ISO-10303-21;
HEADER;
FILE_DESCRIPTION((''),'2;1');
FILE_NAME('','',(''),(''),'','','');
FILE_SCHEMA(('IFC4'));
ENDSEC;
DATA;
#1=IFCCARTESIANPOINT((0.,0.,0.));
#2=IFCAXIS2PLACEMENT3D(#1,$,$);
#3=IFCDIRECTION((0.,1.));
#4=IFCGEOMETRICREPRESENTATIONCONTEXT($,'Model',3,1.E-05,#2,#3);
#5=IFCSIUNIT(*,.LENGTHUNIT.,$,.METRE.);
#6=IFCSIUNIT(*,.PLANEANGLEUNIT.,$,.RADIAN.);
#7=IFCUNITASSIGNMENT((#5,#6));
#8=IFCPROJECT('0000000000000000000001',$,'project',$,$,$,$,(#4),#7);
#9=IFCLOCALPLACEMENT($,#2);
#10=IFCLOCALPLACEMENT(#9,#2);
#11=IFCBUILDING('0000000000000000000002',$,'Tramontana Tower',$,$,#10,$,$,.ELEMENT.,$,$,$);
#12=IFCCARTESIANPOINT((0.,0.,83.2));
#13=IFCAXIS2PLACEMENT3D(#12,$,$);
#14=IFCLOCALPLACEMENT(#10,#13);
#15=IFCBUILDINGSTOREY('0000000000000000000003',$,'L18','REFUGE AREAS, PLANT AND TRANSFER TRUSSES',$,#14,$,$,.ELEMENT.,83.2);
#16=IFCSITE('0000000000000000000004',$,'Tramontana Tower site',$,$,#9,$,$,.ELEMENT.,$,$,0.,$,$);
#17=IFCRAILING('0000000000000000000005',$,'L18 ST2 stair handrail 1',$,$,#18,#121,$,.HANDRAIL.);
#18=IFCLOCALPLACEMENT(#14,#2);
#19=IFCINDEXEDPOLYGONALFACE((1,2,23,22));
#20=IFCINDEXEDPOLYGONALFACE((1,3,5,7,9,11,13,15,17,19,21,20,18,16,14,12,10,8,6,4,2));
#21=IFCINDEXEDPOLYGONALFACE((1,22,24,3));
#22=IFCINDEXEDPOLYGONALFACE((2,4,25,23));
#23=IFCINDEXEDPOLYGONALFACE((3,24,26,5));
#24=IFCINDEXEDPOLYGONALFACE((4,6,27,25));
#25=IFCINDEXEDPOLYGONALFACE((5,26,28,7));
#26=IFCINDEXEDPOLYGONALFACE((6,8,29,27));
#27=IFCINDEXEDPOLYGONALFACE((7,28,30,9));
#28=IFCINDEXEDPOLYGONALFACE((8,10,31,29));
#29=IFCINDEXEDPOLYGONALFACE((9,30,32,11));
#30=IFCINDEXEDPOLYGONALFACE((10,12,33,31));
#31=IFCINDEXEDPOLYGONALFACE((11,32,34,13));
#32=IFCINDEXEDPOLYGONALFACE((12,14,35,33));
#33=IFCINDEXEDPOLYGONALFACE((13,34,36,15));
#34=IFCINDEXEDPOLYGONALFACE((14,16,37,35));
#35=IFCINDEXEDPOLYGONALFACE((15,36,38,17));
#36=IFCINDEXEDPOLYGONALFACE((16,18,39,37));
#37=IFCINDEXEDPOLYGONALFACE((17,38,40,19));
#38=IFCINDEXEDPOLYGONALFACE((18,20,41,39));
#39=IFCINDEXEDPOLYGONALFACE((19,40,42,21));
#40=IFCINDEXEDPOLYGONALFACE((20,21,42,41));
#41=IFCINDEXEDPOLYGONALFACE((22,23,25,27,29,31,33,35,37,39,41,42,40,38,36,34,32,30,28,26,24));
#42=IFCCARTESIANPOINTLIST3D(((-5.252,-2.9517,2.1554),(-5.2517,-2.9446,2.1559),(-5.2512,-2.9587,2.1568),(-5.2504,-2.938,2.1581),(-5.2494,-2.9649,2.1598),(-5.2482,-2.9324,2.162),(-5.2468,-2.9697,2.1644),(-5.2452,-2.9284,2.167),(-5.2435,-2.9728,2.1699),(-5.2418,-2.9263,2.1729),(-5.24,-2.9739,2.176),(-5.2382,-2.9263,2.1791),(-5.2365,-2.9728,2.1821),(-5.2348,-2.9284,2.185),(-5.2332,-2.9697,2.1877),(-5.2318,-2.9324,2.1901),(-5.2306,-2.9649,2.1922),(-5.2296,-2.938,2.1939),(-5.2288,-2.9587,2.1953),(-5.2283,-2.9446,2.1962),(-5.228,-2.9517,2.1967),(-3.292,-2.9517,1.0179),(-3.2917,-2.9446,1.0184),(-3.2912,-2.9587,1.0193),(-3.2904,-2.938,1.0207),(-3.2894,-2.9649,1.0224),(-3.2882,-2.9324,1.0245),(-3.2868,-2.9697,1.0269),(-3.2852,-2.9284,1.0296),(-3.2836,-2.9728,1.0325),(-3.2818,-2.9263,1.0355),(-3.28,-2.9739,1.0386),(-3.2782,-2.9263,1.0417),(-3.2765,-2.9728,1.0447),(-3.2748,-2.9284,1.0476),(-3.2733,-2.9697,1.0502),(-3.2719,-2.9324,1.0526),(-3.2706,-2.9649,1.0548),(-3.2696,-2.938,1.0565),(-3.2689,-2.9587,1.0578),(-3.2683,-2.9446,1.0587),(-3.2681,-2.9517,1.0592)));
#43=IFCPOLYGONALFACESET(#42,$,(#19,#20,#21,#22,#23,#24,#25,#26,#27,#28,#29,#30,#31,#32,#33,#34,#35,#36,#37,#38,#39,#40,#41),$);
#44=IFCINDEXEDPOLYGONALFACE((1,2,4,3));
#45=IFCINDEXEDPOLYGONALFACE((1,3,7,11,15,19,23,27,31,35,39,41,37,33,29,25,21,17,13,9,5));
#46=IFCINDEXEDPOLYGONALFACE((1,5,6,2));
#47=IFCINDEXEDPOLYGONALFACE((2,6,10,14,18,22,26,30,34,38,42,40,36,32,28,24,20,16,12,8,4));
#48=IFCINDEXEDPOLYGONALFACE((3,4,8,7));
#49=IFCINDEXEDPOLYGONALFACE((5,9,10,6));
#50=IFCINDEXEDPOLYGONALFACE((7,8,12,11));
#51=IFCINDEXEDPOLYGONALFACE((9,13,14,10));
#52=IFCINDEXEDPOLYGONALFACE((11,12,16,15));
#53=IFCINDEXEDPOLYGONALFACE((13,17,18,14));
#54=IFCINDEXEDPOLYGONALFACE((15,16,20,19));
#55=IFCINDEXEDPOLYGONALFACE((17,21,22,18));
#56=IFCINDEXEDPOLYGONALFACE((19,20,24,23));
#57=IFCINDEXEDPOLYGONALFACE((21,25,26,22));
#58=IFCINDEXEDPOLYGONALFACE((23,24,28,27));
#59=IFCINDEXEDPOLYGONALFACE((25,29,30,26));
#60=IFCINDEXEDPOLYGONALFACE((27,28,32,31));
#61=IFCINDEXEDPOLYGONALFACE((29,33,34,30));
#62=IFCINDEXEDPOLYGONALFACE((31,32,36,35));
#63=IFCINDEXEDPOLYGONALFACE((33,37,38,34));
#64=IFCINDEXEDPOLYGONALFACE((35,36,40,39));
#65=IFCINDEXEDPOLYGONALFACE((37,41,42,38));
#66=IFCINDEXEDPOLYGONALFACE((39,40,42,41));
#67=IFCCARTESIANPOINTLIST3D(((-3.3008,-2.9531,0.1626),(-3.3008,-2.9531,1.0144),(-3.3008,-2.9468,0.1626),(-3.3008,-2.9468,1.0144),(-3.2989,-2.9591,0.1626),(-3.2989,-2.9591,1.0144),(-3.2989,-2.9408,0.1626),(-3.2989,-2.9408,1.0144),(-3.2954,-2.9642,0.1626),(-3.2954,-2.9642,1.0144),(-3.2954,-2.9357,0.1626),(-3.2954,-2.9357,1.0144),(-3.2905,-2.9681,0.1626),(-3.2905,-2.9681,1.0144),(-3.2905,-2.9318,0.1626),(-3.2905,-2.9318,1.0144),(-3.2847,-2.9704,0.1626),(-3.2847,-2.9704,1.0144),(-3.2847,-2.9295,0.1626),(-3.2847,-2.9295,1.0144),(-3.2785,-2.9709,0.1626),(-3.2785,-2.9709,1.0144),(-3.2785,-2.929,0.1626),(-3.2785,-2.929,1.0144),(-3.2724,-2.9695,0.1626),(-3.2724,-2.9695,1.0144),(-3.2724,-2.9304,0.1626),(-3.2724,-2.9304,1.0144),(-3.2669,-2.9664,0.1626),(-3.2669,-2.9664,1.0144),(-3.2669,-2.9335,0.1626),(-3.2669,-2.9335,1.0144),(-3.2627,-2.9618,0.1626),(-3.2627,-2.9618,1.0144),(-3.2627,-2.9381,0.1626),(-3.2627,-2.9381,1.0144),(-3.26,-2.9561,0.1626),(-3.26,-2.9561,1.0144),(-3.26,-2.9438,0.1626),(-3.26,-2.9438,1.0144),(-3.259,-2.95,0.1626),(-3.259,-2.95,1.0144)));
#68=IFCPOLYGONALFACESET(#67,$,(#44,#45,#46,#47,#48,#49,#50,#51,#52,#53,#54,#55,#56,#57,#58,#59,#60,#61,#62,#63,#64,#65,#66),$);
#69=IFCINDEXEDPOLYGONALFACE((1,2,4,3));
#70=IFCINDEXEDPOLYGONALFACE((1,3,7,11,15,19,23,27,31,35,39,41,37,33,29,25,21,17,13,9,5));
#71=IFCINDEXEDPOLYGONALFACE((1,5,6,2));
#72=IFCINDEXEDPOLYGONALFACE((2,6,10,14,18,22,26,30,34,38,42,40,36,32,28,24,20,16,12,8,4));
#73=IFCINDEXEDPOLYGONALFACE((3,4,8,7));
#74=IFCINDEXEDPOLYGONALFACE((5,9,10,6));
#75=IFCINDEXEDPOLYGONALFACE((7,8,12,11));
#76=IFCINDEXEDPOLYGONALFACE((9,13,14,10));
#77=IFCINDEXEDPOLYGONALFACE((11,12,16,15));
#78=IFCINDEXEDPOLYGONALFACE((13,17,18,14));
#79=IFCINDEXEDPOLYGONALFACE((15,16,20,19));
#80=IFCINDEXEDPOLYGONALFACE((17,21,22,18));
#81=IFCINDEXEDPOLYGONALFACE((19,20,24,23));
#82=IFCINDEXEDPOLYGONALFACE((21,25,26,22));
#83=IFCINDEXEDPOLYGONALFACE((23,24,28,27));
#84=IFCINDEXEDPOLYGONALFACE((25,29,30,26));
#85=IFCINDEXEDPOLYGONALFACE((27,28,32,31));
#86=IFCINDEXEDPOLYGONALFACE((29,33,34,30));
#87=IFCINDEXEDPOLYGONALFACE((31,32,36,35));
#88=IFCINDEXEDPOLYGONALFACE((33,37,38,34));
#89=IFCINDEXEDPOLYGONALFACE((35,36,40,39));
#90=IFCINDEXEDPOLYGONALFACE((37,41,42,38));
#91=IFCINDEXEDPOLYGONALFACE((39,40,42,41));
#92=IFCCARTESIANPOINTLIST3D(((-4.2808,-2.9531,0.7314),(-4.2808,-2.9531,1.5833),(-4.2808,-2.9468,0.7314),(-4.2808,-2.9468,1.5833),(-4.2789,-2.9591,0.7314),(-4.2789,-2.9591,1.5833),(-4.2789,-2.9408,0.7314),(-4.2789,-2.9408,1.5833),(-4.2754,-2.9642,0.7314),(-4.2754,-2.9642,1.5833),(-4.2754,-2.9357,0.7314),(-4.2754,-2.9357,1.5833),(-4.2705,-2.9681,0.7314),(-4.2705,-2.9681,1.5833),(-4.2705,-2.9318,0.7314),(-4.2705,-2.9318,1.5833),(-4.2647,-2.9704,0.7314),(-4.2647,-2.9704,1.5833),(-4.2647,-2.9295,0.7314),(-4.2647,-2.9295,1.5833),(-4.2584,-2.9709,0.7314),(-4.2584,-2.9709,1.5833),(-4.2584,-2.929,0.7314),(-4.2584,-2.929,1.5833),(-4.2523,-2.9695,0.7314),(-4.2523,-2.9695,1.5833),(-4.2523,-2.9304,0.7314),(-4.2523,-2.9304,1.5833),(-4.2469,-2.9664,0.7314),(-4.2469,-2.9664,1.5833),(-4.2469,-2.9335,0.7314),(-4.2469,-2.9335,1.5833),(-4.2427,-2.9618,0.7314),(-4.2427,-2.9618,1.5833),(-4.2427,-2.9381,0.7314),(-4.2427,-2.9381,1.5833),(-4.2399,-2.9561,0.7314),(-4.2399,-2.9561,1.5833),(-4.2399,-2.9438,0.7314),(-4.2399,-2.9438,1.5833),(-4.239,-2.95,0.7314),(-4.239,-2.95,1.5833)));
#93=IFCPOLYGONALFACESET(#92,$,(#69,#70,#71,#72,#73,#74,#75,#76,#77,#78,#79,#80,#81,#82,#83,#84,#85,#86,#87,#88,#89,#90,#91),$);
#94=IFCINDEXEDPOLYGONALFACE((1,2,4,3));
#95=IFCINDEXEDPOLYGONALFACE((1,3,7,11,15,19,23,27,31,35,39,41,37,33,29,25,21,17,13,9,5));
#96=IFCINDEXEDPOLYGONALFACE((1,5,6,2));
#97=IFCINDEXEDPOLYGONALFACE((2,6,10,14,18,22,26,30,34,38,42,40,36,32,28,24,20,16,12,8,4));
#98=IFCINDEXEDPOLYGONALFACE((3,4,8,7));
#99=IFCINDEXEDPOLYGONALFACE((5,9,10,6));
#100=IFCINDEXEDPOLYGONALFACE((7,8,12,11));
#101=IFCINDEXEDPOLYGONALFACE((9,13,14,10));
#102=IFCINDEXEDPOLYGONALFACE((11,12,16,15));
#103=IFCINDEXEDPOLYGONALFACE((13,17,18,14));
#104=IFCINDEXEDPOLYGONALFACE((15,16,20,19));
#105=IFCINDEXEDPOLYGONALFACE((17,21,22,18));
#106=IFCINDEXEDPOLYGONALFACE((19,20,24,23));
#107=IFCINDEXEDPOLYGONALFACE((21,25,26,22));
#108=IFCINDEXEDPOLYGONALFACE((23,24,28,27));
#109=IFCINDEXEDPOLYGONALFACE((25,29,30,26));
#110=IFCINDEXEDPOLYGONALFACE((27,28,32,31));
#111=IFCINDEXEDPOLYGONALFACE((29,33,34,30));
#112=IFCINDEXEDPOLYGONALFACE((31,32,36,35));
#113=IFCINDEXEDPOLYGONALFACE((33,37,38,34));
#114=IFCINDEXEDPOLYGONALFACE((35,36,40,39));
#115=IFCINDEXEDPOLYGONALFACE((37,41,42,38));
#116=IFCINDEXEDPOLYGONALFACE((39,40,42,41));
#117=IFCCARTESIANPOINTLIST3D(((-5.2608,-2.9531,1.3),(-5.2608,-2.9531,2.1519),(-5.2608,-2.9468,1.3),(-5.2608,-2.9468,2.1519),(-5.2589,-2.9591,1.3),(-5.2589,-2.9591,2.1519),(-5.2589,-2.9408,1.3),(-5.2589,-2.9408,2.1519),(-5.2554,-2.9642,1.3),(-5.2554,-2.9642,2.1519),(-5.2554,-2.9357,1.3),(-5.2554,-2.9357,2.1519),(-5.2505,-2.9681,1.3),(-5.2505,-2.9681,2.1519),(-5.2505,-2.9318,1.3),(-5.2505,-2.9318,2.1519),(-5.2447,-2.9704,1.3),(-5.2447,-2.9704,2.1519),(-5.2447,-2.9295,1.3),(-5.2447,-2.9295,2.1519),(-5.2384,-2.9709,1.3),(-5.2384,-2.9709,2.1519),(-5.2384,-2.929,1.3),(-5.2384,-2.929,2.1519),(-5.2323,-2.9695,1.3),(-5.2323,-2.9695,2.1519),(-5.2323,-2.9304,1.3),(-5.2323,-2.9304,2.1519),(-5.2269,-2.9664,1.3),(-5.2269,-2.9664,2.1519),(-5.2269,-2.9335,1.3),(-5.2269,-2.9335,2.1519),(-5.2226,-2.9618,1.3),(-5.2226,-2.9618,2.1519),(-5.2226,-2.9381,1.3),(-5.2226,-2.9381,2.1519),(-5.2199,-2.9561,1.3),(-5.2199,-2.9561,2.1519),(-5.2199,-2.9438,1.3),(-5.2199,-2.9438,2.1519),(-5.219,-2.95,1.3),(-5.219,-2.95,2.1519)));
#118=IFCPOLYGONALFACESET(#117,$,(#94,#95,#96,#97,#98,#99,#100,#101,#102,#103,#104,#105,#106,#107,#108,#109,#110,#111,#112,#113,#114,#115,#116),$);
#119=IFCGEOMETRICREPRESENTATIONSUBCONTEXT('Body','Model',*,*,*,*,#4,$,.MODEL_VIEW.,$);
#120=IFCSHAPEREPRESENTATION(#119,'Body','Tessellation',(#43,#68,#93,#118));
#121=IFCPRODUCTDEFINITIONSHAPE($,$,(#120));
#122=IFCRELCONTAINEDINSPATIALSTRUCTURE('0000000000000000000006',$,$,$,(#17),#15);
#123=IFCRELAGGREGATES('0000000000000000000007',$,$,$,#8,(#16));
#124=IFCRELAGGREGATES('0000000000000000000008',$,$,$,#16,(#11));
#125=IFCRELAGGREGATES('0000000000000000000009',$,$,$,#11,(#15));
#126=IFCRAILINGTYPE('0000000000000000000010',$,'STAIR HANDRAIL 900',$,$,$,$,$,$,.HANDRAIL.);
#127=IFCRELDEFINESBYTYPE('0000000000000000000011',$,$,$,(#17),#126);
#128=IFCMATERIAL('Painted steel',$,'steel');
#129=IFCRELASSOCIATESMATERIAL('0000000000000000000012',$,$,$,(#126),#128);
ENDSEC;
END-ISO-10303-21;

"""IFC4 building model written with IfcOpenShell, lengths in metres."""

from ifc_helpers import new_model, si_unit, direction, frame, origin, origin_2d, place, context, subcontext, project, spatial, circle, extrude, material, type_object, element, save


model = new_model("IFC4")

# Units and contexts
model_context = context("Model", 3, precision=1e-05, world=origin(), true_north=direction((0.0, 1.0)))
body_context = subcontext(model_context, "Body", "Model", "MODEL_VIEW")
ifc_project = project(units=[si_unit("LENGTHUNIT", "METRE"), si_unit("PLANEANGLEUNIT", "RADIAN")], contexts=[model_context])

# Site, building, storey
site_placement = place(None, origin())
site = spatial("IfcSite", under=ifc_project, at=site_placement, Name="Tramontana Tower site", CompositionType="ELEMENT", RefElevation=0.0)
building_placement = place(site_placement, origin())
building = spatial("IfcBuilding", under=site, at=building_placement, Name="Tramontana Tower", CompositionType="ELEMENT")
storey_placement = place(building_placement, frame((0.0, 0.0, 83.2)))
storey = spatial("IfcBuildingStorey", under=building, at=storey_placement, Name="L18", Description="REFUGE AREAS, PLANT AND TRANSFER TRUSSES", CompositionType="ELEMENT", Elevation=83.2)

# Railing
ifc_material_1 = material(Name="Painted steel", Category="steel")
railing_type = type_object("IfcRailingType", Name="STAIR HANDRAIL 900", PredefinedType="HANDRAIL", material=ifc_material_1)
railing_1_placement = place(storey_placement, frame((-3.28, -2.95, 0.1626)))
element("IfcRailing", 1, at=railing_1_placement, inside=storey, type_object=railing_type, Name="L18 ST2 stair handrail 1", PredefinedType="HANDRAIL", context=body_context, shape_type="SweptSolid", body=[
    extrude(circle(Radius=0.0239, at=origin_2d()), frame((0.0, 0.0, 0.876), z_axis=(-0.864902, 0.0, 0.501941), x_axis=(0.0, -1.0, 0.0)), (0.0, 0.0, 1.0), 2.2661),
    extrude(circle(Radius=0.021, at=origin_2d()), origin(), (0.0, 0.0, 1.0), 0.8518),
    extrude(circle(Radius=0.021, at=origin_2d()), frame((-0.98, 0.0, 0.5688)), (0.0, 0.0, 1.0), 0.8518),
    extrude(circle(Radius=0.021, at=origin_2d()), frame((-1.96, 0.0, 1.1375)), (0.0, 0.0, 1.0), 0.8518),
])

save(model, "model.ifc")
